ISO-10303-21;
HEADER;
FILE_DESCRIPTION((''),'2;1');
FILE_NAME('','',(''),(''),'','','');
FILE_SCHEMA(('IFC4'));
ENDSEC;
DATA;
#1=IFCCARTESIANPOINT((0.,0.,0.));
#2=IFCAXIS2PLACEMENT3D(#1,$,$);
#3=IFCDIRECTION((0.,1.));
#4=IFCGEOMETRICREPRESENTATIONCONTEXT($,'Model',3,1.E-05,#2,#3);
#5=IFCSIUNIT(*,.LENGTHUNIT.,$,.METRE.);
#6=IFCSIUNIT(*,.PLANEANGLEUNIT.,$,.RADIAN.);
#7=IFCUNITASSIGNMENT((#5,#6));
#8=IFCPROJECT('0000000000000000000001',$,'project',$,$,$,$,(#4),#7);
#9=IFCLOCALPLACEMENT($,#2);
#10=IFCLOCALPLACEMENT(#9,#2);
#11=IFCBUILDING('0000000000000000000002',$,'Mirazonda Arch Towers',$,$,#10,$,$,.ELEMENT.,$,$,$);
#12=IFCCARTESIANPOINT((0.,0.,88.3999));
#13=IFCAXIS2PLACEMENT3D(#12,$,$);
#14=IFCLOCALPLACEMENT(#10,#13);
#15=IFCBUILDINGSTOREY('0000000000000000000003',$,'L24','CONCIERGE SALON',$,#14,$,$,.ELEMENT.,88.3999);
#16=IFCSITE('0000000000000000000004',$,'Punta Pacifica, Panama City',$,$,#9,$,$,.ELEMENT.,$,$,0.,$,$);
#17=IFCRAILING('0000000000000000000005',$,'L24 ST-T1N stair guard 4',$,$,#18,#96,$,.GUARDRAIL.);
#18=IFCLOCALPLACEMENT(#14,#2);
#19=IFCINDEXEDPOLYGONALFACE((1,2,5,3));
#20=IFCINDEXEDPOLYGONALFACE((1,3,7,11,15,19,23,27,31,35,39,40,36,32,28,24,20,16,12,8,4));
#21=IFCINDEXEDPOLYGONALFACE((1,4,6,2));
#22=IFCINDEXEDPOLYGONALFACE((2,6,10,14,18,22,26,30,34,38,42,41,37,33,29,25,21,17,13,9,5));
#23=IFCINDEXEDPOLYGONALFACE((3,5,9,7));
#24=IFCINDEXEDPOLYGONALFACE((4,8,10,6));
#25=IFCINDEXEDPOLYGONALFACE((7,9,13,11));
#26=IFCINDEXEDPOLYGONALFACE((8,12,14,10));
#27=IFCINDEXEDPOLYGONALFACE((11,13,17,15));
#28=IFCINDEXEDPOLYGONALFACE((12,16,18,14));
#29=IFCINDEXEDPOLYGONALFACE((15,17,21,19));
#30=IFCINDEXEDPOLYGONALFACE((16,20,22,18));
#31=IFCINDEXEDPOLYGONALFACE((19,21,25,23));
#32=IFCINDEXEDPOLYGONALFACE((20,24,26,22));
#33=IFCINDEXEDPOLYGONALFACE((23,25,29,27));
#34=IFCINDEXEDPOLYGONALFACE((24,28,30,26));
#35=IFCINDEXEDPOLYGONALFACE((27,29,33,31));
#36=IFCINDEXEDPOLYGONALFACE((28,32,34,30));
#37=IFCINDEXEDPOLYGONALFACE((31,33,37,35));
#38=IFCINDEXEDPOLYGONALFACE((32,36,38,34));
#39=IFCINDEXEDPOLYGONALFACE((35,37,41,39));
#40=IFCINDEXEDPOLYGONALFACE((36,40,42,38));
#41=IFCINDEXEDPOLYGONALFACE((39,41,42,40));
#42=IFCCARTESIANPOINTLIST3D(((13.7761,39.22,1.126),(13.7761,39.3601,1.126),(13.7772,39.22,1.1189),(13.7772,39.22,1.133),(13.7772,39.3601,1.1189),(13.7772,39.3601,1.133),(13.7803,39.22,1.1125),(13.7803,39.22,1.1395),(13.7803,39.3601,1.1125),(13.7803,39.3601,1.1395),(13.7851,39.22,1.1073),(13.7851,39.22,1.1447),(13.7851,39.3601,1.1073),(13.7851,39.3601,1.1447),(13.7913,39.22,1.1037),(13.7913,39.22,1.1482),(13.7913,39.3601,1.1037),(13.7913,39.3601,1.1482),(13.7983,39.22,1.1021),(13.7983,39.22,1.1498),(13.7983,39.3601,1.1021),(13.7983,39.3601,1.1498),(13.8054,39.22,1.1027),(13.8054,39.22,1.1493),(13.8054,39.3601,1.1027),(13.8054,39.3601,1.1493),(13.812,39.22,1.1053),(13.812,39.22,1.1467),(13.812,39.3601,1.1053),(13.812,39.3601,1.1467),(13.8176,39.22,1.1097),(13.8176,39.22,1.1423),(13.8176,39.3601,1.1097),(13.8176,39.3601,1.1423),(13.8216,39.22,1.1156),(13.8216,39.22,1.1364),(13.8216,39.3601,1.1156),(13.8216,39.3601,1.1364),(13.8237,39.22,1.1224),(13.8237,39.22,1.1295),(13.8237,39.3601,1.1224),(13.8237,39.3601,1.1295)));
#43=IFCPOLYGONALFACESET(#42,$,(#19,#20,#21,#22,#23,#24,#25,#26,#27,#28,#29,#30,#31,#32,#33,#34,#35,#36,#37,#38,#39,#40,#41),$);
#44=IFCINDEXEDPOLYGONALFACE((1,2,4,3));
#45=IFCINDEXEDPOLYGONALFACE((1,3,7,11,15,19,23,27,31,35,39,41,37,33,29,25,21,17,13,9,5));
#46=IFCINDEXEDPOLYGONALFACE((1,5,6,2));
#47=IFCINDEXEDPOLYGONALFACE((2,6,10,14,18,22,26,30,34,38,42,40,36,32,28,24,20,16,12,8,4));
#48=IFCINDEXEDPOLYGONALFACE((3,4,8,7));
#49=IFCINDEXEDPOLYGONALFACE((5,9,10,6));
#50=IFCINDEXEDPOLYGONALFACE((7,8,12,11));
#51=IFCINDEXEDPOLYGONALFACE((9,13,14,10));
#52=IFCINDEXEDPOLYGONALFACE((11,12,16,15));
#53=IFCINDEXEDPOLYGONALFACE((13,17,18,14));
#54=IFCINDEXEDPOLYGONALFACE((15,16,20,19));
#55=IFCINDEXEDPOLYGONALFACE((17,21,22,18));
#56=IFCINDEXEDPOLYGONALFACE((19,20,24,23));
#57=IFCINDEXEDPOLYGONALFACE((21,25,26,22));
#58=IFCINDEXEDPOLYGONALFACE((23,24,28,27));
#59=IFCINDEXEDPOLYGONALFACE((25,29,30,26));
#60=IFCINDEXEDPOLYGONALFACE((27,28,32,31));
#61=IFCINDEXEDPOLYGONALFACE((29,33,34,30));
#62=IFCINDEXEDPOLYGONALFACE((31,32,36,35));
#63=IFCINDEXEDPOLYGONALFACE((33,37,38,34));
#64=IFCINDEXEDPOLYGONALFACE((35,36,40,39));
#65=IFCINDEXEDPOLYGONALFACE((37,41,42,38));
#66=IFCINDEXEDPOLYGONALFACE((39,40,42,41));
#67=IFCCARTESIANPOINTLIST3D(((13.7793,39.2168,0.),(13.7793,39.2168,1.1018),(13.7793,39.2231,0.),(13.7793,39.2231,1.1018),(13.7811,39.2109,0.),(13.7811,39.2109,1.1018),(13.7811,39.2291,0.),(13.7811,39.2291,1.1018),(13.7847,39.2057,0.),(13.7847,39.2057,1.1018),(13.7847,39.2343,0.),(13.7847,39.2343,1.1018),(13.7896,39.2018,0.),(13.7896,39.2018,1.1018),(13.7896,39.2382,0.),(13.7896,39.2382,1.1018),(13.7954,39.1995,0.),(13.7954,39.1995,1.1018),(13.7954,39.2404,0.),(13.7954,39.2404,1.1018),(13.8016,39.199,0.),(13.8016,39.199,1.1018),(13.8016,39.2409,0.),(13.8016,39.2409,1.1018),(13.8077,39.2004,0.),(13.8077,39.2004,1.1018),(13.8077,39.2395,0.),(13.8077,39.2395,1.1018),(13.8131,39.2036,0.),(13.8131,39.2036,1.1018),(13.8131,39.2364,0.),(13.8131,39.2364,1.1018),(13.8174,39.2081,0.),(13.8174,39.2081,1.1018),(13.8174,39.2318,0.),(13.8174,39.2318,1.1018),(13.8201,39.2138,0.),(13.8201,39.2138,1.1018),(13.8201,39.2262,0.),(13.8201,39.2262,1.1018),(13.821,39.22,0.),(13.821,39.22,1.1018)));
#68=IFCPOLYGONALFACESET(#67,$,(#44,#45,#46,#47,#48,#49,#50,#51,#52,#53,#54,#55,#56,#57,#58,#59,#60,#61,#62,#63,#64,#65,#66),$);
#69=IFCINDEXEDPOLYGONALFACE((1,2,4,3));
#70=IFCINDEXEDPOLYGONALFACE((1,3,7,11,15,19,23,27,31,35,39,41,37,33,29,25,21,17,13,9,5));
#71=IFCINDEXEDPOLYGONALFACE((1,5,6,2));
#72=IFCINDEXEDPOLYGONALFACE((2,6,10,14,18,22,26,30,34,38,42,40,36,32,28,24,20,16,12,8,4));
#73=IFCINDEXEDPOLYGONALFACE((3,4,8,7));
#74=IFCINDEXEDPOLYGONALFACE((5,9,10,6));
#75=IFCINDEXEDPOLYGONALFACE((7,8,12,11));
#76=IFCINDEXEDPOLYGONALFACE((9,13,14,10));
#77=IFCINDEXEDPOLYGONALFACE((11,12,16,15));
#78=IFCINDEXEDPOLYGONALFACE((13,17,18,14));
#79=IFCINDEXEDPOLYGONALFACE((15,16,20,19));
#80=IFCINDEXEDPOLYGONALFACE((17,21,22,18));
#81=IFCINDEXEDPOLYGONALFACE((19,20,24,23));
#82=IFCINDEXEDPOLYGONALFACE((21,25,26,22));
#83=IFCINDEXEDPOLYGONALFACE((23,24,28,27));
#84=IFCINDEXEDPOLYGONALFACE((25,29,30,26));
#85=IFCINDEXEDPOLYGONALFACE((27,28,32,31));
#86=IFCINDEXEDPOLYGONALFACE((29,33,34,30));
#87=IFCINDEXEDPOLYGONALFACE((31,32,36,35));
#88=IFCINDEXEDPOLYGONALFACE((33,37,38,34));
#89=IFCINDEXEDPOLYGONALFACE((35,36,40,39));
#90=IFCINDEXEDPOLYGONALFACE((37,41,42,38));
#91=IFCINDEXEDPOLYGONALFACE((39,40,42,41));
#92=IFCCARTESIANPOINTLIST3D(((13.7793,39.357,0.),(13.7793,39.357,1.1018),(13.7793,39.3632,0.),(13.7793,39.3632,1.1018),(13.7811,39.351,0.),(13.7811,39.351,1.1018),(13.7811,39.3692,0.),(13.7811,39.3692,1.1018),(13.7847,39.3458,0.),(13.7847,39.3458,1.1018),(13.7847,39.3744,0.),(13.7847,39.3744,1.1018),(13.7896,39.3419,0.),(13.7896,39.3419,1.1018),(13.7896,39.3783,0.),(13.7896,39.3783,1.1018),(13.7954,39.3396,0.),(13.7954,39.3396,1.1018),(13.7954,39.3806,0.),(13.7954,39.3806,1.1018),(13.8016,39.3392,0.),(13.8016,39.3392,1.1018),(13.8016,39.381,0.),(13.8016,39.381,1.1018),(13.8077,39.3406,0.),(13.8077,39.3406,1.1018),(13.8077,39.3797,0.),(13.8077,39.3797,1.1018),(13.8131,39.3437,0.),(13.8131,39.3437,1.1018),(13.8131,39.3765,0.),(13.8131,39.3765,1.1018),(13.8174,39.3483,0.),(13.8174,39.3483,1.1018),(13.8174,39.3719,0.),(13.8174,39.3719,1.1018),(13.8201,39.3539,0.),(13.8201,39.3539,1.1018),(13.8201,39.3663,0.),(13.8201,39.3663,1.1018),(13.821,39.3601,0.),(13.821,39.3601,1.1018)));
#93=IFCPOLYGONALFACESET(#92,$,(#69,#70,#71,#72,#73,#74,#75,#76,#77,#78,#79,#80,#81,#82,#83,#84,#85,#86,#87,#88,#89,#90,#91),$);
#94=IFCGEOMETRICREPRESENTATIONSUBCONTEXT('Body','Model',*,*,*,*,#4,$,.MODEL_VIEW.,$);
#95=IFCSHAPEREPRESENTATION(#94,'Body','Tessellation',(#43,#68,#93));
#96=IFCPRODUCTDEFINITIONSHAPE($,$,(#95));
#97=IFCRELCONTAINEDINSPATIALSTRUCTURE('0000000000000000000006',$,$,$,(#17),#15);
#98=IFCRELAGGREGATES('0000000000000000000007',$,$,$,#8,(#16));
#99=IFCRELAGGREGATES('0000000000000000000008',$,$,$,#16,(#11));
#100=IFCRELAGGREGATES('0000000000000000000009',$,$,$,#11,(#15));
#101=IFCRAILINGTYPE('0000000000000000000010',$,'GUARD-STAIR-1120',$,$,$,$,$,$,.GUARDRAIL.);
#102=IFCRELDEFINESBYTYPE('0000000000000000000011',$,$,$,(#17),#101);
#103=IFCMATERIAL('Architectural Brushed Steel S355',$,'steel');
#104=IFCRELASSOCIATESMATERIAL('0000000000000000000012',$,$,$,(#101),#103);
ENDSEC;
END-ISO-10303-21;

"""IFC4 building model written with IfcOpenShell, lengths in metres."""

from ifc_helpers import new_model, si_unit, direction, frame, origin, origin_2d, place, context, subcontext, project, spatial, circle, extrude, material, type_object, element, save


model = new_model("IFC4")

# Units and contexts
model_context = context("Model", 3, precision=1e-05, world=origin(), true_north=direction((0.0, 1.0)))
body_context = subcontext(model_context, "Body", "Model", "MODEL_VIEW")
ifc_project = project(units=[si_unit("LENGTHUNIT", "METRE"), si_unit("PLANEANGLEUNIT", "RADIAN")], contexts=[model_context])

# Site, building, storey
site_placement = place(None, origin())
site = spatial("IfcSite", under=ifc_project, at=site_placement, Name="Punta Pacifica, Panama City", CompositionType="ELEMENT", RefElevation=0.0)
building_placement = place(site_placement, origin())
building = spatial("IfcBuilding", under=site, at=building_placement, Name="Mirazonda Arch Towers", CompositionType="ELEMENT")
storey_placement = place(building_placement, frame((0.0, 0.0, 88.3999)))
storey = spatial("IfcBuildingStorey", under=building, at=storey_placement, Name="L24", Description="CONCIERGE SALON", CompositionType="ELEMENT", Elevation=88.3999)

# Railing
ifc_material_1 = material(Name="Architectural Brushed Steel S355", Category="steel")
railing_type_1 = type_object("IfcRailingType", Name="GUARD-STAIR-1120", PredefinedType="GUARDRAIL", material=ifc_material_1)
railing_1_placement = place(storey_placement, frame((13.8, 39.22, 0.0)))
element("IfcRailing", 1, at=railing_1_placement, inside=storey, type_object=railing_type_1, Name="L24 ST-T1N stair guard 4", PredefinedType="GUARDRAIL", context=body_context, shape_type="SweptSolid", body=[
    extrude(circle(Radius=0.0239, at=origin_2d()), frame((0.0, 0.0, 1.126), z_axis=(0.0, 1.0, 0.0), x_axis=(-1.0, 0.0, 0.0)), (0.0, 0.0, 1.0), 0.1401),
    extrude(circle(Radius=0.021, at=origin_2d()), origin(), (0.0, 0.0, 1.0), 1.1018),
    extrude(circle(Radius=0.021, at=origin_2d()), frame((0.0, 0.1401, 0.0)), (0.0, 0.0, 1.0), 1.1018),
])

save(model, "model.ifc")
